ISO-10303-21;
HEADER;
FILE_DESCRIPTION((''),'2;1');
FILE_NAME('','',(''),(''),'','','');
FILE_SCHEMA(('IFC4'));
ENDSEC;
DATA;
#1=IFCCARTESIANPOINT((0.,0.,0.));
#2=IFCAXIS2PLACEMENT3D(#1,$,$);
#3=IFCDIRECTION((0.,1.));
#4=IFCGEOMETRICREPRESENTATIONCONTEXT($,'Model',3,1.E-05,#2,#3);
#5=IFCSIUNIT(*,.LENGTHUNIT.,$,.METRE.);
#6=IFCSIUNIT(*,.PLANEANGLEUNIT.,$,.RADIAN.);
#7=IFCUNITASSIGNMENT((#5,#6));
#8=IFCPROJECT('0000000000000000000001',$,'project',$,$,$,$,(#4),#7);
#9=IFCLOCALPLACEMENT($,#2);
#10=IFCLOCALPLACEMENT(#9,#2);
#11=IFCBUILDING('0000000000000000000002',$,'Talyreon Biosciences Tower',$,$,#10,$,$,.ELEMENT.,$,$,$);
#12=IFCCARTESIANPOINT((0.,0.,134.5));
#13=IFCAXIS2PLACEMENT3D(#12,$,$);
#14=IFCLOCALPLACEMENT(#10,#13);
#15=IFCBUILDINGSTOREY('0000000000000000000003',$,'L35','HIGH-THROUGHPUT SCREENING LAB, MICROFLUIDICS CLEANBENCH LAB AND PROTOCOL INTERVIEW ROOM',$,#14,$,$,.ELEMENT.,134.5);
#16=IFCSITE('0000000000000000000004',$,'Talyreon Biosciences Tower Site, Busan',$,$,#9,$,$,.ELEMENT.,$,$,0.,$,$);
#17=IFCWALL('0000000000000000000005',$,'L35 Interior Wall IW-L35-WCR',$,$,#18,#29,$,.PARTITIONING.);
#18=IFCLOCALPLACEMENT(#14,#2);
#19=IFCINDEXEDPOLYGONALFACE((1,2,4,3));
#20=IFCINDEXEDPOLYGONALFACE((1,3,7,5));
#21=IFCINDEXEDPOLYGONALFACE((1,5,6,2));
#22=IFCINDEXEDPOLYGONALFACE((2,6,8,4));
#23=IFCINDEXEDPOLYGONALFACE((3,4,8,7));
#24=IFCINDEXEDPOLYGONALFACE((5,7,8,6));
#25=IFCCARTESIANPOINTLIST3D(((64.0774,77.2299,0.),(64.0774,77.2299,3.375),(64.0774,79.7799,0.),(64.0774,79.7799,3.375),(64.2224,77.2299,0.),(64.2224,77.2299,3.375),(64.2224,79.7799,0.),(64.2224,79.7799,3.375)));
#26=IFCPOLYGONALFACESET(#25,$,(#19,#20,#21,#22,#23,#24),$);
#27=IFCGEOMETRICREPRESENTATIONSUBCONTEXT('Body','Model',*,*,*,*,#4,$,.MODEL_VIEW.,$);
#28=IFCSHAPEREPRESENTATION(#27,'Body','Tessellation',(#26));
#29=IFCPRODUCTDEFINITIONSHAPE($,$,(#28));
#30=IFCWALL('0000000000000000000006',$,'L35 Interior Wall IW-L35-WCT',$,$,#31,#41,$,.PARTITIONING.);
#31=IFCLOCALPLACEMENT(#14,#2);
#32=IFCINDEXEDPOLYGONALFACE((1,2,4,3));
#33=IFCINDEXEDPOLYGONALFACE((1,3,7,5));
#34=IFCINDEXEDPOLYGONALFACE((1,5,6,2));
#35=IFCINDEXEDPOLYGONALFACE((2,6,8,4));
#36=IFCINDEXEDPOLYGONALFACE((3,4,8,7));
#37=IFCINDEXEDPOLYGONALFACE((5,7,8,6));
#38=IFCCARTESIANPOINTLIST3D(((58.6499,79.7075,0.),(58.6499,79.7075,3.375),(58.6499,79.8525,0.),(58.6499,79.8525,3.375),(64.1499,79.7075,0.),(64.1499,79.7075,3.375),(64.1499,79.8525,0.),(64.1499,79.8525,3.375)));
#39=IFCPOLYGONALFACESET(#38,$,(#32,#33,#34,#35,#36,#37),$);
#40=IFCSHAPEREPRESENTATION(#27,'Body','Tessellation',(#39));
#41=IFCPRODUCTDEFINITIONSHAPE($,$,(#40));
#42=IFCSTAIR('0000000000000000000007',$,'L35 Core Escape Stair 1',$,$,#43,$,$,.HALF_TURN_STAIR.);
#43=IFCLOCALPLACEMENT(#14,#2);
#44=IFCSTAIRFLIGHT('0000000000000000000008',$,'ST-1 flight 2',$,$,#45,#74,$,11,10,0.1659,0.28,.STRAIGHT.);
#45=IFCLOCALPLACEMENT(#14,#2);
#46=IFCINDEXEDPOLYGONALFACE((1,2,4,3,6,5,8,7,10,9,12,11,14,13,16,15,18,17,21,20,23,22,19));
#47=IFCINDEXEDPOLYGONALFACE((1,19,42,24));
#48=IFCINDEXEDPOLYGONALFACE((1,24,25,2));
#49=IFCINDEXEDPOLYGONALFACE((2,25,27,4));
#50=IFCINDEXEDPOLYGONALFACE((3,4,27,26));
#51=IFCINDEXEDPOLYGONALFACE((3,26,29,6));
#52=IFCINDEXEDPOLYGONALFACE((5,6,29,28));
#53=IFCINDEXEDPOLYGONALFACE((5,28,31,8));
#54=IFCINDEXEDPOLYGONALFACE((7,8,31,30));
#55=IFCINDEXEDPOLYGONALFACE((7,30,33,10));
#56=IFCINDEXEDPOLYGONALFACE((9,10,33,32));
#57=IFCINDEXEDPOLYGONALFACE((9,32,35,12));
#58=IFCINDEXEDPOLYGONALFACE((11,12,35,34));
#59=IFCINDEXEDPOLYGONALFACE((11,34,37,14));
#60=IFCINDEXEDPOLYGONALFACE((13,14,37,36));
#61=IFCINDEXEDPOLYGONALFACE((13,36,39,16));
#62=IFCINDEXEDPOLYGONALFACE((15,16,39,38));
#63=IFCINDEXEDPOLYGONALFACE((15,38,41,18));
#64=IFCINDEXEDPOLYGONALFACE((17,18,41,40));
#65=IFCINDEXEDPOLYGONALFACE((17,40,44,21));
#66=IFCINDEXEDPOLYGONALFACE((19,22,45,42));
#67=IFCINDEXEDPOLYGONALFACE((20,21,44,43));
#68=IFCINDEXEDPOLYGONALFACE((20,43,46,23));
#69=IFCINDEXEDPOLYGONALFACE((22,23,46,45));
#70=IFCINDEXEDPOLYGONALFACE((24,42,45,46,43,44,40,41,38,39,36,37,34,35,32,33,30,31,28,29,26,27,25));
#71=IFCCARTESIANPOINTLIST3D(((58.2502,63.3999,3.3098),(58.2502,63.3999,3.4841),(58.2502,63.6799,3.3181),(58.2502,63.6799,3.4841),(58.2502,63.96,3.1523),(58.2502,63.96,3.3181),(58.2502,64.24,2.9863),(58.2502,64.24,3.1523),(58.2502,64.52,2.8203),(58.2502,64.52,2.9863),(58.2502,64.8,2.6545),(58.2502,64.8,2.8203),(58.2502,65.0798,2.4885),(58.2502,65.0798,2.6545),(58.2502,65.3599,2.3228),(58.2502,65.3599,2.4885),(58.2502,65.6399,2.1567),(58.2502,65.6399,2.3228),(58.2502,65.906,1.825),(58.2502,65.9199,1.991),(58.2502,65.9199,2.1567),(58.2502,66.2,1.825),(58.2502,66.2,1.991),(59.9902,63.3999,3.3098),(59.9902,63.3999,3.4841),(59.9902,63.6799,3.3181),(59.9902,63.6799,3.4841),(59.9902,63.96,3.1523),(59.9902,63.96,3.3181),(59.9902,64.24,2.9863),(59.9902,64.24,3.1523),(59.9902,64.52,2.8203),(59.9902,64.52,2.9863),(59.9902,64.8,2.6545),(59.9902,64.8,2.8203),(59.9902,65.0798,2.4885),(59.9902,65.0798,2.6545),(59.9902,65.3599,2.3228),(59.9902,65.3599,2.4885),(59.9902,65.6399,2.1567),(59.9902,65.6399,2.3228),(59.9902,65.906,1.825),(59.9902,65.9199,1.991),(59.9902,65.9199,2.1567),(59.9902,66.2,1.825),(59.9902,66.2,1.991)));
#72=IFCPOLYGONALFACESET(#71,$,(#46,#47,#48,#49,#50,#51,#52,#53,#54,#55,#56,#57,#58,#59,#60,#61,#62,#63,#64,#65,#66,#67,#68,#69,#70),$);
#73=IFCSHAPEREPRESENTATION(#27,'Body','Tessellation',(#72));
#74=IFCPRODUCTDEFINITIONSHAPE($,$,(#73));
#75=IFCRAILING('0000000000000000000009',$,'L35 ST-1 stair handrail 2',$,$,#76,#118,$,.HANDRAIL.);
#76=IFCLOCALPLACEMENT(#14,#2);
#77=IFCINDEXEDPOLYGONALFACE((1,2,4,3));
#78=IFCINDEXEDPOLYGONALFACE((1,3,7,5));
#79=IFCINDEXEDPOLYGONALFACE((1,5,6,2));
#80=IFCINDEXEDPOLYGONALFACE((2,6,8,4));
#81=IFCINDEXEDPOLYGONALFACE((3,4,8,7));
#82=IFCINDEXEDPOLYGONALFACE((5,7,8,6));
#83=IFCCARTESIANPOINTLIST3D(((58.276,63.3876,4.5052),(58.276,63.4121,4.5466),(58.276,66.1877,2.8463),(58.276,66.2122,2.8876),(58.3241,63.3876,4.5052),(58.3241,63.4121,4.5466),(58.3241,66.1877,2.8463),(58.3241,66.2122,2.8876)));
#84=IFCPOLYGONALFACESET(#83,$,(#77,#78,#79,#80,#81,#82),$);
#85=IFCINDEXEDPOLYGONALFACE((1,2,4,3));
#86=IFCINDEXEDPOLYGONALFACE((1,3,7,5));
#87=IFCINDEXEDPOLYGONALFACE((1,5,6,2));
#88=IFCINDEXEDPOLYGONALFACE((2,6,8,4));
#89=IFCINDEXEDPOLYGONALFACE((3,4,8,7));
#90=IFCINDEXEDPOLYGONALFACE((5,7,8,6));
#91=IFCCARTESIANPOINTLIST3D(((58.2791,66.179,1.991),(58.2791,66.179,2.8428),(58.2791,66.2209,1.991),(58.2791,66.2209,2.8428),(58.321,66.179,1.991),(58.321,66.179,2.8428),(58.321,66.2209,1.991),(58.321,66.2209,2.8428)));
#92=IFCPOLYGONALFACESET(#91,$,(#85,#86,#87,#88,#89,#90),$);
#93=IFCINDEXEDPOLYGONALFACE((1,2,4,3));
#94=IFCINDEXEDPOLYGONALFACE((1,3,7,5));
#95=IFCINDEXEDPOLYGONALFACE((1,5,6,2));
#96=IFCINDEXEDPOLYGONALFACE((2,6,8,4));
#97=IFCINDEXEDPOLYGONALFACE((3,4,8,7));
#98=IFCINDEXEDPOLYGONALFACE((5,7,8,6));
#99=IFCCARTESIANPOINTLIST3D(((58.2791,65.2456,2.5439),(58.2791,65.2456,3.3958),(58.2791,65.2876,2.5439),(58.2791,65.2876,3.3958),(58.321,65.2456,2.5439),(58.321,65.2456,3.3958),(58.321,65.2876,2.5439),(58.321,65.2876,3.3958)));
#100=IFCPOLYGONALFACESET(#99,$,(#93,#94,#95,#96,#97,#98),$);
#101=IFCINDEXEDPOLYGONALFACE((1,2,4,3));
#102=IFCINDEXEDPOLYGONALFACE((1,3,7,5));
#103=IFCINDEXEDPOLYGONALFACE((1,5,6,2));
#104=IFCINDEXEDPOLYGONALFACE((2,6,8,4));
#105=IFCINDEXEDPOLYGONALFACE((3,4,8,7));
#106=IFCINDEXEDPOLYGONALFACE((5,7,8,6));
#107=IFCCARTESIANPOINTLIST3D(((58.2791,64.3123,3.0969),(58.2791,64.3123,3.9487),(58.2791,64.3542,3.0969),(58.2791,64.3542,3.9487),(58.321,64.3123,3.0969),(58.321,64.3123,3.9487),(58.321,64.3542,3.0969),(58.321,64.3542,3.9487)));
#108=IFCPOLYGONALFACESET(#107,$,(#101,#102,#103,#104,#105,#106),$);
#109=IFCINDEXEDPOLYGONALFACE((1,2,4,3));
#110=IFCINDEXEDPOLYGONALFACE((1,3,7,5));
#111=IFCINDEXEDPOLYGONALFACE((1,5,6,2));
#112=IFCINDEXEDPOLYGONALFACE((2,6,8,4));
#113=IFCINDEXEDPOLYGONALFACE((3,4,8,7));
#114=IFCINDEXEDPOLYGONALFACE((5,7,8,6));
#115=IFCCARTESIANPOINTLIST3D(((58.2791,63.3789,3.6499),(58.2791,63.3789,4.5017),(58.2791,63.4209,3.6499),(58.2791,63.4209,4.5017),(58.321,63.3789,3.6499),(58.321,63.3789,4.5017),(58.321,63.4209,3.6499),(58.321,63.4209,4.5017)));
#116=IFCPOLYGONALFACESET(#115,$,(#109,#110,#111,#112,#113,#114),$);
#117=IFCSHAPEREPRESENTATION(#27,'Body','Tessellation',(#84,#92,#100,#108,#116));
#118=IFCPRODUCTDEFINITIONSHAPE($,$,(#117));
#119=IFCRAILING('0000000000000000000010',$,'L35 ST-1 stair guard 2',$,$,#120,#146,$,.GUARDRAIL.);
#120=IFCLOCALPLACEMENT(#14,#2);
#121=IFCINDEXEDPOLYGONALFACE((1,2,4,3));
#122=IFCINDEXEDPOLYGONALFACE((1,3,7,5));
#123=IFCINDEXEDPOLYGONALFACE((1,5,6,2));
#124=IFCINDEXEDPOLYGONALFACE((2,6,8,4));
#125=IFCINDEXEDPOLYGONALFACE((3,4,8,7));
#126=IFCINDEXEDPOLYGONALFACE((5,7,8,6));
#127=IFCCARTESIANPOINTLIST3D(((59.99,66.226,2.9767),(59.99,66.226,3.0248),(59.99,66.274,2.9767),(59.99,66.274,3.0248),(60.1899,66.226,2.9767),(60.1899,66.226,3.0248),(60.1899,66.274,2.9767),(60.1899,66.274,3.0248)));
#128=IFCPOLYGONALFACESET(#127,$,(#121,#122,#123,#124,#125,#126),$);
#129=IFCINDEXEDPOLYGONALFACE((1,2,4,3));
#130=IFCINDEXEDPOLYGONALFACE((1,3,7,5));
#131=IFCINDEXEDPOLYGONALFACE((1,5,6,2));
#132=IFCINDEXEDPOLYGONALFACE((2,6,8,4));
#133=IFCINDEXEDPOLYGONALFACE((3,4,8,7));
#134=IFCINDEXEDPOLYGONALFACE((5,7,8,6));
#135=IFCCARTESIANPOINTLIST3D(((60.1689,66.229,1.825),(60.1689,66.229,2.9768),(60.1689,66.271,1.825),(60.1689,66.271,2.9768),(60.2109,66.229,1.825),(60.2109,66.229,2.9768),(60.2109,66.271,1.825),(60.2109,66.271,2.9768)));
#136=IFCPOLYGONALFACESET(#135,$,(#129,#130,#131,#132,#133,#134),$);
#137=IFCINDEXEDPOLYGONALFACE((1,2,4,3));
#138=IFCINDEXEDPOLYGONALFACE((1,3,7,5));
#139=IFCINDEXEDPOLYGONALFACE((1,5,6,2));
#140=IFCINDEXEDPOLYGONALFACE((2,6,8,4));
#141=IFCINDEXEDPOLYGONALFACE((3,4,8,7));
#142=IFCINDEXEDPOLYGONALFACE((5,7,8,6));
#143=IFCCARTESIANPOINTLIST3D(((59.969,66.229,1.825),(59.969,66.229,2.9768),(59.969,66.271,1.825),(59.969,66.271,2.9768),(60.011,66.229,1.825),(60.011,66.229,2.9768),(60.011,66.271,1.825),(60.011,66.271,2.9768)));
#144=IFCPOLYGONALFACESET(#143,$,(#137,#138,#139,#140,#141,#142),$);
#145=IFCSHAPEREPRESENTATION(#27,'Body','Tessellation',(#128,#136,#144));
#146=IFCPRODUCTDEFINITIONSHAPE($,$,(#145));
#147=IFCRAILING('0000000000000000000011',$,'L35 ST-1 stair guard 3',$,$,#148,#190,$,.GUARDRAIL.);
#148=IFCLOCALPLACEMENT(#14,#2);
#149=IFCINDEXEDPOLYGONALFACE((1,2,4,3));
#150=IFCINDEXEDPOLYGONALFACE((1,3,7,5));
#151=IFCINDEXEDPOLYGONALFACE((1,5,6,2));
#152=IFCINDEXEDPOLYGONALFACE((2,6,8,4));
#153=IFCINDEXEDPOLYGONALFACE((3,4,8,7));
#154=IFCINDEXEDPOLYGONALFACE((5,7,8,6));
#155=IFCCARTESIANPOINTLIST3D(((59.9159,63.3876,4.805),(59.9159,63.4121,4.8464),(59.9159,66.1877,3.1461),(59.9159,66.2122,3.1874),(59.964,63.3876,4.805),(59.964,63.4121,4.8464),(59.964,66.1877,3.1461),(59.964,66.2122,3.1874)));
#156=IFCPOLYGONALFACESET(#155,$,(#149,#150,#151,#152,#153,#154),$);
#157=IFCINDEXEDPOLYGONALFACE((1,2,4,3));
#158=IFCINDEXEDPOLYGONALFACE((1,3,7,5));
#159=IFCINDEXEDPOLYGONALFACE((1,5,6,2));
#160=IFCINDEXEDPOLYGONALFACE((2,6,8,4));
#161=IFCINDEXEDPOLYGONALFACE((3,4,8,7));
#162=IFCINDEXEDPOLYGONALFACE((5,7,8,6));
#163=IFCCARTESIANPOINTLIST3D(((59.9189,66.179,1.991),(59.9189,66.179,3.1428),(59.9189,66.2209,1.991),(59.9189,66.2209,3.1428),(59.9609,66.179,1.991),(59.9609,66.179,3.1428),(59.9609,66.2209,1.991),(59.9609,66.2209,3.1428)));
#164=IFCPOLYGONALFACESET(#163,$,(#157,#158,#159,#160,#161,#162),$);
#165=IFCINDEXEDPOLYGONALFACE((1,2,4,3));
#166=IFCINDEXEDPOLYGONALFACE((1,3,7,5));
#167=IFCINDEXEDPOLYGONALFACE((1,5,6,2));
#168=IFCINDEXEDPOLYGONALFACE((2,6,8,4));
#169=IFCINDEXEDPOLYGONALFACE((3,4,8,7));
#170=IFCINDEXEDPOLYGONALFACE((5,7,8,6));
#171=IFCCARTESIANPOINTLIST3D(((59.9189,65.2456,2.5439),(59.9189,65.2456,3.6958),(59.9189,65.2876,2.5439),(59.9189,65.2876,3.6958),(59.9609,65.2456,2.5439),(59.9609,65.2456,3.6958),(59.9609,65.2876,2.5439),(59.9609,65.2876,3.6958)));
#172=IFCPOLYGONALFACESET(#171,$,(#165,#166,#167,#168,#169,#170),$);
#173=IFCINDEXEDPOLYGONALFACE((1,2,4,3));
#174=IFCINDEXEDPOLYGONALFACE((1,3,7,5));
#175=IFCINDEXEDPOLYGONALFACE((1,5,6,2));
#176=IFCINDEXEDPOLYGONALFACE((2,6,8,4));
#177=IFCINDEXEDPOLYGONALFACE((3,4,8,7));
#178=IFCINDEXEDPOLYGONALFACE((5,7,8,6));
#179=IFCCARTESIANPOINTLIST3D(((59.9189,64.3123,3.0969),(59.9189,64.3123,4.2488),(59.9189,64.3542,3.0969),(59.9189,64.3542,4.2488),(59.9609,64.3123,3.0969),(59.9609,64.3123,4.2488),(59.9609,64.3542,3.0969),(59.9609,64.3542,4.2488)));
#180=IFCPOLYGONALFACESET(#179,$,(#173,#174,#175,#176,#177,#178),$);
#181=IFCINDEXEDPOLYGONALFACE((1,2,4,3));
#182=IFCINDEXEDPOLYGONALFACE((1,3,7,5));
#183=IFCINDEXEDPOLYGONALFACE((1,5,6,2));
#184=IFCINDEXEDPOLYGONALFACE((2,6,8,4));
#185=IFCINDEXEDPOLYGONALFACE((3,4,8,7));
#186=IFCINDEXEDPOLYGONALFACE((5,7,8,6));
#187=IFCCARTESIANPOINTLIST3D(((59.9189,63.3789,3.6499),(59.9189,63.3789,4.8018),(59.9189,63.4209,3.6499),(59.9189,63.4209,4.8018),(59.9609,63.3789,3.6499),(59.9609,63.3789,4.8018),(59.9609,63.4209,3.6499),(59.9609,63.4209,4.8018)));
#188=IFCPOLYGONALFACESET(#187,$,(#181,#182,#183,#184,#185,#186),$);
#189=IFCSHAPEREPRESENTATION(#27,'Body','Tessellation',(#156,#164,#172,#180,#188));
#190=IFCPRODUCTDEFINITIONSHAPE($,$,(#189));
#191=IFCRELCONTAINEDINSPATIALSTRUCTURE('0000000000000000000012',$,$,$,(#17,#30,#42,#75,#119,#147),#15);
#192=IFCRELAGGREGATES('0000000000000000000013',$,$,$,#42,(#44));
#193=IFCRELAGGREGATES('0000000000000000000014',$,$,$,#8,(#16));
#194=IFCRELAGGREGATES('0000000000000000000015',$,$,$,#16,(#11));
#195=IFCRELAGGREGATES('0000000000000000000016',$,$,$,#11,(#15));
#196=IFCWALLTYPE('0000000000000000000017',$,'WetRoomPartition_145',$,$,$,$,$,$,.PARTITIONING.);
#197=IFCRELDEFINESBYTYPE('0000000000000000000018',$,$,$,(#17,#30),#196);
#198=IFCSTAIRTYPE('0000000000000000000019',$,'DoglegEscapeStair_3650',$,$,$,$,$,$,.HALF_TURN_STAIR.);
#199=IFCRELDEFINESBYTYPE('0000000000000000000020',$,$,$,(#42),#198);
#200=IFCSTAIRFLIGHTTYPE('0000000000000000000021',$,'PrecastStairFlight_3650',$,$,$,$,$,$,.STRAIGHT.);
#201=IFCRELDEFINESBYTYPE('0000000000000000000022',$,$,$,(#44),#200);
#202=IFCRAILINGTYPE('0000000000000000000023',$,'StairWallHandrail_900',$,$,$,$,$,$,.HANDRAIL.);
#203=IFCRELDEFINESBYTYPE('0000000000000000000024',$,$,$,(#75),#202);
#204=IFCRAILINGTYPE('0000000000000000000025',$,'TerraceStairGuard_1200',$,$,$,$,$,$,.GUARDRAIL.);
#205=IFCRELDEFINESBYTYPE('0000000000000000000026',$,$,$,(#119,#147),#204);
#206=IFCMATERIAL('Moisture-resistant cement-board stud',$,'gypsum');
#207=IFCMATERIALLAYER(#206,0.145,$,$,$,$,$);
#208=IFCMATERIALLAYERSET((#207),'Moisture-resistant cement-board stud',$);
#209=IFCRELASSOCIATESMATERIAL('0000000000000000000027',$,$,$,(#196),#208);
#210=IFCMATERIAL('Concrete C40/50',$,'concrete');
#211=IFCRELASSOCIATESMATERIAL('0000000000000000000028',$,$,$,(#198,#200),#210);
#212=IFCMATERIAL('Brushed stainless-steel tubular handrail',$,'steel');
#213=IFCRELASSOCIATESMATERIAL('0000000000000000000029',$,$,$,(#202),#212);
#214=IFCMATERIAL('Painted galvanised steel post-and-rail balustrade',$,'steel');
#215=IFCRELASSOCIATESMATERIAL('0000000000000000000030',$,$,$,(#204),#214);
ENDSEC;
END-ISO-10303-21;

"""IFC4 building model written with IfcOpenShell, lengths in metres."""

from ifc_helpers import new_model, si_unit, direction, frame, frame_2d, origin, origin_2d, place, context, subcontext, project, spatial, polyline, rectangle, outline, extrude, material, layer, layer_set, type_object, element, aggregate, save


model = new_model("IFC4")

# Units and contexts
model_context = context("Model", 3, precision=1e-05, world=origin(), true_north=direction((0.0, 1.0)))
body_context = subcontext(model_context, "Body", "Model", "MODEL_VIEW")
ifc_project = project(units=[si_unit("LENGTHUNIT", "METRE"), si_unit("PLANEANGLEUNIT", "RADIAN")], contexts=[model_context])

# Site, building, storey
site_placement = place(None, origin())
site = spatial("IfcSite", under=ifc_project, at=site_placement, Name="Talyreon Biosciences Tower Site, Busan", CompositionType="ELEMENT", RefElevation=0.0)
building_placement = place(site_placement, origin())
building = spatial("IfcBuilding", under=site, at=building_placement, Name="Talyreon Biosciences Tower", CompositionType="ELEMENT")
storey_placement = place(building_placement, frame((0.0, 0.0, 134.5)))
storey = spatial("IfcBuildingStorey", under=building, at=storey_placement, Name="L35", Description="HIGH-THROUGHPUT SCREENING LAB, MICROFLUIDICS CLEANBENCH LAB AND PROTOCOL INTERVIEW ROOM", CompositionType="ELEMENT", Elevation=134.5)

# Walls
ifc_material_1 = material(Name="Moisture-resistant cement-board stud", Category="gypsum")
ifc_layer_1 = layer(ifc_material_1, 0.145)
ifc_layer_set_1 = layer_set([ifc_layer_1], Name="Moisture-resistant cement-board stud")
wall_type_1 = type_object("IfcWallType", Name="WetRoomPartition_145", PredefinedType="PARTITIONING", material=ifc_layer_set_1)
for number, where, z_axis, x_axis, name in (
    (1, (64.1499, 77.23, 0.0), (0.0, 0.0, 1.0), (0.0, 1.0, 0.0), "L35 Interior Wall IW-L35-WCR"),
):
    element("IfcWall", number, at=place(storey_placement, frame(where, z_axis=z_axis, x_axis=x_axis)), inside=storey, type_object=wall_type_1, Name=name, PredefinedType="PARTITIONING", context=body_context, shape_type="SweptSolid", body=[
        extrude(rectangle(XDim=2.55, YDim=0.145, at=frame_2d((1.2749, 0.0))), origin(), (0.0, 0.0, 1.0), 3.375),
    ])
wall_1_placement = place(storey_placement, frame((58.6499, 79.78, 0.0), z_axis=(0.0, 0.0, 1.0), x_axis=(1.0, 0.0, 0.0)))
element("IfcWall", 2, at=wall_1_placement, inside=storey, type_object=wall_type_1, Name="L35 Interior Wall IW-L35-WCT", PredefinedType="PARTITIONING", context=body_context, shape_type="SweptSolid", body=[
    extrude(rectangle(XDim=5.5, YDim=0.145, at=frame_2d((2.75, 0.0))), origin(), (0.0, 0.0, 1.0), 3.375),
])

# Stair, stair flight
ifc_material_2 = material(Name="Concrete C40/50", Category="concrete")
stair_type = type_object("IfcStairType", Name="DoglegEscapeStair_3650", PredefinedType="HALF_TURN_STAIR", material=ifc_material_2)
stair_placement = place(storey_placement, origin())
stair = element("IfcStair", 3, at=stair_placement, inside=storey, type_object=stair_type, Name="L35 Core Escape Stair 1", PredefinedType="HALF_TURN_STAIR")
stair_flight_type = type_object("IfcStairFlightType", Name="PrecastStairFlight_3650", PredefinedType="STRAIGHT", material=ifc_material_2)
stair_flight_placement = place(storey_placement, frame((59.1201, 66.2, 1.825), z_axis=(0.0, 0.0, 1.0), x_axis=(0.0, -1.0, 0.0)))
stair_flight = element("IfcStairFlight", 4, at=stair_flight_placement, type_object=stair_flight_type, Name="ST-1 flight 2", NumberOfRisers=11, NumberOfTreads=10, PredefinedType="STRAIGHT", RiserHeight=0.1659, TreadLength=0.28, context=body_context, shape_type="SweptSolid", body=[
    extrude(outline(polyline([(0.0, 0.0), (0.0, 0.166), (0.28, 0.166), (0.28, 0.3318), (0.5601, 0.3318), (0.5601, 0.4978), (0.8401, 0.4978), (0.8401, 0.6636), (1.1201, 0.6636), (1.1201, 0.8296), (1.3999, 0.8296), (1.3999, 0.9954), (1.6799, 0.9954), (1.6799, 1.1614), (1.96, 1.1614), (1.96, 1.3274), (2.24, 1.3274), (2.24, 1.4932), (2.52, 1.4932), (2.52, 1.6592), (2.8, 1.6592), (2.8, 1.825), (2.8, 1.4849), (0.2939, 0.0), (0.0, 0.0)])), frame((0.0, 0.8701, 0.0), z_axis=(0.0, -1.0, 0.0), x_axis=(1.0, 0.0, 0.0)), (0.0, 0.0, 1.0), 1.74),
])
aggregate(stair, [stair_flight])

# Railings
ifc_material_3 = material(Name="Brushed stainless-steel tubular handrail", Category="steel")
railing_type_1 = type_object("IfcRailingType", Name="StairWallHandrail_900", PredefinedType="HANDRAIL", material=ifc_material_3)
railing_1_placement = place(storey_placement, frame((58.3, 66.2, 1.991)))
element("IfcRailing", 5, at=railing_1_placement, inside=storey, type_object=railing_type_1, Name="L35 ST-1 stair handrail 2", PredefinedType="HANDRAIL", context=body_context, shape_type="SweptSolid", body=[
    extrude(rectangle(XDim=0.0481, YDim=0.0481, at=origin_2d()), frame((0.0, 0.0, 0.876), z_axis=(0.0, -0.860339, 0.509722), x_axis=(1.0, 0.0, 0.0)), (0.0, 0.0, 1.0), 3.2546),
    extrude(rectangle(XDim=0.042, YDim=0.042, at=origin_2d()), origin(), (0.0, 0.0, 1.0), 0.8518),
    extrude(rectangle(XDim=0.042, YDim=0.042, at=origin_2d()), frame((0.0, -0.9333, 0.553)), (0.0, 0.0, 1.0), 0.8518),
    extrude(rectangle(XDim=0.042, YDim=0.042, at=origin_2d()), frame((0.0, -1.8667, 1.106)), (0.0, 0.0, 1.0), 0.8518),
    extrude(rectangle(XDim=0.042, YDim=0.042, at=origin_2d()), frame((0.0, -2.8, 1.6589)), (0.0, 0.0, 1.0), 0.8518),
])
ifc_material_4 = material(Name="Painted galvanised steel post-and-rail balustrade", Category="steel")
railing_type_2 = type_object("IfcRailingType", Name="TerraceStairGuard_1200", PredefinedType="GUARDRAIL", material=ifc_material_4)
railing_2_placement = place(storey_placement, frame((60.1899, 66.25, 1.825)))
element("IfcRailing", 6, at=railing_2_placement, inside=storey, type_object=railing_type_2, Name="L35 ST-1 stair guard 2", PredefinedType="GUARDRAIL", context=body_context, shape_type="SweptSolid", body=[
    extrude(rectangle(XDim=0.0481, YDim=0.0481, at=origin_2d()), frame((0.0, 0.0, 1.1758), z_axis=(-1.0, 0.0, 0.0), x_axis=(0.0, -1.0, 0.0)), (0.0, 0.0, 1.0), 0.2),
    extrude(rectangle(XDim=0.042, YDim=0.042, at=origin_2d()), origin(), (0.0, 0.0, 1.0), 1.1519),
    extrude(rectangle(XDim=0.042, YDim=0.042, at=origin_2d()), frame((-0.2, 0.0, 0.0)), (0.0, 0.0, 1.0), 1.1519),
])
railing_3_placement = place(storey_placement, frame((59.9399, 66.2, 1.991)))
element("IfcRailing", 7, at=railing_3_placement, inside=storey, type_object=railing_type_2, Name="L35 ST-1 stair guard 3", PredefinedType="GUARDRAIL", context=body_context, shape_type="SweptSolid", body=[
    extrude(rectangle(XDim=0.0481, YDim=0.0481, at=origin_2d()), frame((0.0, 0.0, 1.1758), z_axis=(0.0, -0.860339, 0.509722), x_axis=(1.0, 0.0, 0.0)), (0.0, 0.0, 1.0), 3.2546),
    extrude(rectangle(XDim=0.042, YDim=0.042, at=origin_2d()), origin(), (0.0, 0.0, 1.0), 1.1519),
    extrude(rectangle(XDim=0.042, YDim=0.042, at=origin_2d()), frame((0.0, -0.9333, 0.553)), (0.0, 0.0, 1.0), 1.1519),
    extrude(rectangle(XDim=0.042, YDim=0.042, at=origin_2d()), frame((0.0, -1.8667, 1.106)), (0.0, 0.0, 1.0), 1.1519),
    extrude(rectangle(XDim=0.042, YDim=0.042, at=origin_2d()), frame((0.0, -2.8, 1.6589)), (0.0, 0.0, 1.0), 1.1519),
])

save(model, "model.ifc")
